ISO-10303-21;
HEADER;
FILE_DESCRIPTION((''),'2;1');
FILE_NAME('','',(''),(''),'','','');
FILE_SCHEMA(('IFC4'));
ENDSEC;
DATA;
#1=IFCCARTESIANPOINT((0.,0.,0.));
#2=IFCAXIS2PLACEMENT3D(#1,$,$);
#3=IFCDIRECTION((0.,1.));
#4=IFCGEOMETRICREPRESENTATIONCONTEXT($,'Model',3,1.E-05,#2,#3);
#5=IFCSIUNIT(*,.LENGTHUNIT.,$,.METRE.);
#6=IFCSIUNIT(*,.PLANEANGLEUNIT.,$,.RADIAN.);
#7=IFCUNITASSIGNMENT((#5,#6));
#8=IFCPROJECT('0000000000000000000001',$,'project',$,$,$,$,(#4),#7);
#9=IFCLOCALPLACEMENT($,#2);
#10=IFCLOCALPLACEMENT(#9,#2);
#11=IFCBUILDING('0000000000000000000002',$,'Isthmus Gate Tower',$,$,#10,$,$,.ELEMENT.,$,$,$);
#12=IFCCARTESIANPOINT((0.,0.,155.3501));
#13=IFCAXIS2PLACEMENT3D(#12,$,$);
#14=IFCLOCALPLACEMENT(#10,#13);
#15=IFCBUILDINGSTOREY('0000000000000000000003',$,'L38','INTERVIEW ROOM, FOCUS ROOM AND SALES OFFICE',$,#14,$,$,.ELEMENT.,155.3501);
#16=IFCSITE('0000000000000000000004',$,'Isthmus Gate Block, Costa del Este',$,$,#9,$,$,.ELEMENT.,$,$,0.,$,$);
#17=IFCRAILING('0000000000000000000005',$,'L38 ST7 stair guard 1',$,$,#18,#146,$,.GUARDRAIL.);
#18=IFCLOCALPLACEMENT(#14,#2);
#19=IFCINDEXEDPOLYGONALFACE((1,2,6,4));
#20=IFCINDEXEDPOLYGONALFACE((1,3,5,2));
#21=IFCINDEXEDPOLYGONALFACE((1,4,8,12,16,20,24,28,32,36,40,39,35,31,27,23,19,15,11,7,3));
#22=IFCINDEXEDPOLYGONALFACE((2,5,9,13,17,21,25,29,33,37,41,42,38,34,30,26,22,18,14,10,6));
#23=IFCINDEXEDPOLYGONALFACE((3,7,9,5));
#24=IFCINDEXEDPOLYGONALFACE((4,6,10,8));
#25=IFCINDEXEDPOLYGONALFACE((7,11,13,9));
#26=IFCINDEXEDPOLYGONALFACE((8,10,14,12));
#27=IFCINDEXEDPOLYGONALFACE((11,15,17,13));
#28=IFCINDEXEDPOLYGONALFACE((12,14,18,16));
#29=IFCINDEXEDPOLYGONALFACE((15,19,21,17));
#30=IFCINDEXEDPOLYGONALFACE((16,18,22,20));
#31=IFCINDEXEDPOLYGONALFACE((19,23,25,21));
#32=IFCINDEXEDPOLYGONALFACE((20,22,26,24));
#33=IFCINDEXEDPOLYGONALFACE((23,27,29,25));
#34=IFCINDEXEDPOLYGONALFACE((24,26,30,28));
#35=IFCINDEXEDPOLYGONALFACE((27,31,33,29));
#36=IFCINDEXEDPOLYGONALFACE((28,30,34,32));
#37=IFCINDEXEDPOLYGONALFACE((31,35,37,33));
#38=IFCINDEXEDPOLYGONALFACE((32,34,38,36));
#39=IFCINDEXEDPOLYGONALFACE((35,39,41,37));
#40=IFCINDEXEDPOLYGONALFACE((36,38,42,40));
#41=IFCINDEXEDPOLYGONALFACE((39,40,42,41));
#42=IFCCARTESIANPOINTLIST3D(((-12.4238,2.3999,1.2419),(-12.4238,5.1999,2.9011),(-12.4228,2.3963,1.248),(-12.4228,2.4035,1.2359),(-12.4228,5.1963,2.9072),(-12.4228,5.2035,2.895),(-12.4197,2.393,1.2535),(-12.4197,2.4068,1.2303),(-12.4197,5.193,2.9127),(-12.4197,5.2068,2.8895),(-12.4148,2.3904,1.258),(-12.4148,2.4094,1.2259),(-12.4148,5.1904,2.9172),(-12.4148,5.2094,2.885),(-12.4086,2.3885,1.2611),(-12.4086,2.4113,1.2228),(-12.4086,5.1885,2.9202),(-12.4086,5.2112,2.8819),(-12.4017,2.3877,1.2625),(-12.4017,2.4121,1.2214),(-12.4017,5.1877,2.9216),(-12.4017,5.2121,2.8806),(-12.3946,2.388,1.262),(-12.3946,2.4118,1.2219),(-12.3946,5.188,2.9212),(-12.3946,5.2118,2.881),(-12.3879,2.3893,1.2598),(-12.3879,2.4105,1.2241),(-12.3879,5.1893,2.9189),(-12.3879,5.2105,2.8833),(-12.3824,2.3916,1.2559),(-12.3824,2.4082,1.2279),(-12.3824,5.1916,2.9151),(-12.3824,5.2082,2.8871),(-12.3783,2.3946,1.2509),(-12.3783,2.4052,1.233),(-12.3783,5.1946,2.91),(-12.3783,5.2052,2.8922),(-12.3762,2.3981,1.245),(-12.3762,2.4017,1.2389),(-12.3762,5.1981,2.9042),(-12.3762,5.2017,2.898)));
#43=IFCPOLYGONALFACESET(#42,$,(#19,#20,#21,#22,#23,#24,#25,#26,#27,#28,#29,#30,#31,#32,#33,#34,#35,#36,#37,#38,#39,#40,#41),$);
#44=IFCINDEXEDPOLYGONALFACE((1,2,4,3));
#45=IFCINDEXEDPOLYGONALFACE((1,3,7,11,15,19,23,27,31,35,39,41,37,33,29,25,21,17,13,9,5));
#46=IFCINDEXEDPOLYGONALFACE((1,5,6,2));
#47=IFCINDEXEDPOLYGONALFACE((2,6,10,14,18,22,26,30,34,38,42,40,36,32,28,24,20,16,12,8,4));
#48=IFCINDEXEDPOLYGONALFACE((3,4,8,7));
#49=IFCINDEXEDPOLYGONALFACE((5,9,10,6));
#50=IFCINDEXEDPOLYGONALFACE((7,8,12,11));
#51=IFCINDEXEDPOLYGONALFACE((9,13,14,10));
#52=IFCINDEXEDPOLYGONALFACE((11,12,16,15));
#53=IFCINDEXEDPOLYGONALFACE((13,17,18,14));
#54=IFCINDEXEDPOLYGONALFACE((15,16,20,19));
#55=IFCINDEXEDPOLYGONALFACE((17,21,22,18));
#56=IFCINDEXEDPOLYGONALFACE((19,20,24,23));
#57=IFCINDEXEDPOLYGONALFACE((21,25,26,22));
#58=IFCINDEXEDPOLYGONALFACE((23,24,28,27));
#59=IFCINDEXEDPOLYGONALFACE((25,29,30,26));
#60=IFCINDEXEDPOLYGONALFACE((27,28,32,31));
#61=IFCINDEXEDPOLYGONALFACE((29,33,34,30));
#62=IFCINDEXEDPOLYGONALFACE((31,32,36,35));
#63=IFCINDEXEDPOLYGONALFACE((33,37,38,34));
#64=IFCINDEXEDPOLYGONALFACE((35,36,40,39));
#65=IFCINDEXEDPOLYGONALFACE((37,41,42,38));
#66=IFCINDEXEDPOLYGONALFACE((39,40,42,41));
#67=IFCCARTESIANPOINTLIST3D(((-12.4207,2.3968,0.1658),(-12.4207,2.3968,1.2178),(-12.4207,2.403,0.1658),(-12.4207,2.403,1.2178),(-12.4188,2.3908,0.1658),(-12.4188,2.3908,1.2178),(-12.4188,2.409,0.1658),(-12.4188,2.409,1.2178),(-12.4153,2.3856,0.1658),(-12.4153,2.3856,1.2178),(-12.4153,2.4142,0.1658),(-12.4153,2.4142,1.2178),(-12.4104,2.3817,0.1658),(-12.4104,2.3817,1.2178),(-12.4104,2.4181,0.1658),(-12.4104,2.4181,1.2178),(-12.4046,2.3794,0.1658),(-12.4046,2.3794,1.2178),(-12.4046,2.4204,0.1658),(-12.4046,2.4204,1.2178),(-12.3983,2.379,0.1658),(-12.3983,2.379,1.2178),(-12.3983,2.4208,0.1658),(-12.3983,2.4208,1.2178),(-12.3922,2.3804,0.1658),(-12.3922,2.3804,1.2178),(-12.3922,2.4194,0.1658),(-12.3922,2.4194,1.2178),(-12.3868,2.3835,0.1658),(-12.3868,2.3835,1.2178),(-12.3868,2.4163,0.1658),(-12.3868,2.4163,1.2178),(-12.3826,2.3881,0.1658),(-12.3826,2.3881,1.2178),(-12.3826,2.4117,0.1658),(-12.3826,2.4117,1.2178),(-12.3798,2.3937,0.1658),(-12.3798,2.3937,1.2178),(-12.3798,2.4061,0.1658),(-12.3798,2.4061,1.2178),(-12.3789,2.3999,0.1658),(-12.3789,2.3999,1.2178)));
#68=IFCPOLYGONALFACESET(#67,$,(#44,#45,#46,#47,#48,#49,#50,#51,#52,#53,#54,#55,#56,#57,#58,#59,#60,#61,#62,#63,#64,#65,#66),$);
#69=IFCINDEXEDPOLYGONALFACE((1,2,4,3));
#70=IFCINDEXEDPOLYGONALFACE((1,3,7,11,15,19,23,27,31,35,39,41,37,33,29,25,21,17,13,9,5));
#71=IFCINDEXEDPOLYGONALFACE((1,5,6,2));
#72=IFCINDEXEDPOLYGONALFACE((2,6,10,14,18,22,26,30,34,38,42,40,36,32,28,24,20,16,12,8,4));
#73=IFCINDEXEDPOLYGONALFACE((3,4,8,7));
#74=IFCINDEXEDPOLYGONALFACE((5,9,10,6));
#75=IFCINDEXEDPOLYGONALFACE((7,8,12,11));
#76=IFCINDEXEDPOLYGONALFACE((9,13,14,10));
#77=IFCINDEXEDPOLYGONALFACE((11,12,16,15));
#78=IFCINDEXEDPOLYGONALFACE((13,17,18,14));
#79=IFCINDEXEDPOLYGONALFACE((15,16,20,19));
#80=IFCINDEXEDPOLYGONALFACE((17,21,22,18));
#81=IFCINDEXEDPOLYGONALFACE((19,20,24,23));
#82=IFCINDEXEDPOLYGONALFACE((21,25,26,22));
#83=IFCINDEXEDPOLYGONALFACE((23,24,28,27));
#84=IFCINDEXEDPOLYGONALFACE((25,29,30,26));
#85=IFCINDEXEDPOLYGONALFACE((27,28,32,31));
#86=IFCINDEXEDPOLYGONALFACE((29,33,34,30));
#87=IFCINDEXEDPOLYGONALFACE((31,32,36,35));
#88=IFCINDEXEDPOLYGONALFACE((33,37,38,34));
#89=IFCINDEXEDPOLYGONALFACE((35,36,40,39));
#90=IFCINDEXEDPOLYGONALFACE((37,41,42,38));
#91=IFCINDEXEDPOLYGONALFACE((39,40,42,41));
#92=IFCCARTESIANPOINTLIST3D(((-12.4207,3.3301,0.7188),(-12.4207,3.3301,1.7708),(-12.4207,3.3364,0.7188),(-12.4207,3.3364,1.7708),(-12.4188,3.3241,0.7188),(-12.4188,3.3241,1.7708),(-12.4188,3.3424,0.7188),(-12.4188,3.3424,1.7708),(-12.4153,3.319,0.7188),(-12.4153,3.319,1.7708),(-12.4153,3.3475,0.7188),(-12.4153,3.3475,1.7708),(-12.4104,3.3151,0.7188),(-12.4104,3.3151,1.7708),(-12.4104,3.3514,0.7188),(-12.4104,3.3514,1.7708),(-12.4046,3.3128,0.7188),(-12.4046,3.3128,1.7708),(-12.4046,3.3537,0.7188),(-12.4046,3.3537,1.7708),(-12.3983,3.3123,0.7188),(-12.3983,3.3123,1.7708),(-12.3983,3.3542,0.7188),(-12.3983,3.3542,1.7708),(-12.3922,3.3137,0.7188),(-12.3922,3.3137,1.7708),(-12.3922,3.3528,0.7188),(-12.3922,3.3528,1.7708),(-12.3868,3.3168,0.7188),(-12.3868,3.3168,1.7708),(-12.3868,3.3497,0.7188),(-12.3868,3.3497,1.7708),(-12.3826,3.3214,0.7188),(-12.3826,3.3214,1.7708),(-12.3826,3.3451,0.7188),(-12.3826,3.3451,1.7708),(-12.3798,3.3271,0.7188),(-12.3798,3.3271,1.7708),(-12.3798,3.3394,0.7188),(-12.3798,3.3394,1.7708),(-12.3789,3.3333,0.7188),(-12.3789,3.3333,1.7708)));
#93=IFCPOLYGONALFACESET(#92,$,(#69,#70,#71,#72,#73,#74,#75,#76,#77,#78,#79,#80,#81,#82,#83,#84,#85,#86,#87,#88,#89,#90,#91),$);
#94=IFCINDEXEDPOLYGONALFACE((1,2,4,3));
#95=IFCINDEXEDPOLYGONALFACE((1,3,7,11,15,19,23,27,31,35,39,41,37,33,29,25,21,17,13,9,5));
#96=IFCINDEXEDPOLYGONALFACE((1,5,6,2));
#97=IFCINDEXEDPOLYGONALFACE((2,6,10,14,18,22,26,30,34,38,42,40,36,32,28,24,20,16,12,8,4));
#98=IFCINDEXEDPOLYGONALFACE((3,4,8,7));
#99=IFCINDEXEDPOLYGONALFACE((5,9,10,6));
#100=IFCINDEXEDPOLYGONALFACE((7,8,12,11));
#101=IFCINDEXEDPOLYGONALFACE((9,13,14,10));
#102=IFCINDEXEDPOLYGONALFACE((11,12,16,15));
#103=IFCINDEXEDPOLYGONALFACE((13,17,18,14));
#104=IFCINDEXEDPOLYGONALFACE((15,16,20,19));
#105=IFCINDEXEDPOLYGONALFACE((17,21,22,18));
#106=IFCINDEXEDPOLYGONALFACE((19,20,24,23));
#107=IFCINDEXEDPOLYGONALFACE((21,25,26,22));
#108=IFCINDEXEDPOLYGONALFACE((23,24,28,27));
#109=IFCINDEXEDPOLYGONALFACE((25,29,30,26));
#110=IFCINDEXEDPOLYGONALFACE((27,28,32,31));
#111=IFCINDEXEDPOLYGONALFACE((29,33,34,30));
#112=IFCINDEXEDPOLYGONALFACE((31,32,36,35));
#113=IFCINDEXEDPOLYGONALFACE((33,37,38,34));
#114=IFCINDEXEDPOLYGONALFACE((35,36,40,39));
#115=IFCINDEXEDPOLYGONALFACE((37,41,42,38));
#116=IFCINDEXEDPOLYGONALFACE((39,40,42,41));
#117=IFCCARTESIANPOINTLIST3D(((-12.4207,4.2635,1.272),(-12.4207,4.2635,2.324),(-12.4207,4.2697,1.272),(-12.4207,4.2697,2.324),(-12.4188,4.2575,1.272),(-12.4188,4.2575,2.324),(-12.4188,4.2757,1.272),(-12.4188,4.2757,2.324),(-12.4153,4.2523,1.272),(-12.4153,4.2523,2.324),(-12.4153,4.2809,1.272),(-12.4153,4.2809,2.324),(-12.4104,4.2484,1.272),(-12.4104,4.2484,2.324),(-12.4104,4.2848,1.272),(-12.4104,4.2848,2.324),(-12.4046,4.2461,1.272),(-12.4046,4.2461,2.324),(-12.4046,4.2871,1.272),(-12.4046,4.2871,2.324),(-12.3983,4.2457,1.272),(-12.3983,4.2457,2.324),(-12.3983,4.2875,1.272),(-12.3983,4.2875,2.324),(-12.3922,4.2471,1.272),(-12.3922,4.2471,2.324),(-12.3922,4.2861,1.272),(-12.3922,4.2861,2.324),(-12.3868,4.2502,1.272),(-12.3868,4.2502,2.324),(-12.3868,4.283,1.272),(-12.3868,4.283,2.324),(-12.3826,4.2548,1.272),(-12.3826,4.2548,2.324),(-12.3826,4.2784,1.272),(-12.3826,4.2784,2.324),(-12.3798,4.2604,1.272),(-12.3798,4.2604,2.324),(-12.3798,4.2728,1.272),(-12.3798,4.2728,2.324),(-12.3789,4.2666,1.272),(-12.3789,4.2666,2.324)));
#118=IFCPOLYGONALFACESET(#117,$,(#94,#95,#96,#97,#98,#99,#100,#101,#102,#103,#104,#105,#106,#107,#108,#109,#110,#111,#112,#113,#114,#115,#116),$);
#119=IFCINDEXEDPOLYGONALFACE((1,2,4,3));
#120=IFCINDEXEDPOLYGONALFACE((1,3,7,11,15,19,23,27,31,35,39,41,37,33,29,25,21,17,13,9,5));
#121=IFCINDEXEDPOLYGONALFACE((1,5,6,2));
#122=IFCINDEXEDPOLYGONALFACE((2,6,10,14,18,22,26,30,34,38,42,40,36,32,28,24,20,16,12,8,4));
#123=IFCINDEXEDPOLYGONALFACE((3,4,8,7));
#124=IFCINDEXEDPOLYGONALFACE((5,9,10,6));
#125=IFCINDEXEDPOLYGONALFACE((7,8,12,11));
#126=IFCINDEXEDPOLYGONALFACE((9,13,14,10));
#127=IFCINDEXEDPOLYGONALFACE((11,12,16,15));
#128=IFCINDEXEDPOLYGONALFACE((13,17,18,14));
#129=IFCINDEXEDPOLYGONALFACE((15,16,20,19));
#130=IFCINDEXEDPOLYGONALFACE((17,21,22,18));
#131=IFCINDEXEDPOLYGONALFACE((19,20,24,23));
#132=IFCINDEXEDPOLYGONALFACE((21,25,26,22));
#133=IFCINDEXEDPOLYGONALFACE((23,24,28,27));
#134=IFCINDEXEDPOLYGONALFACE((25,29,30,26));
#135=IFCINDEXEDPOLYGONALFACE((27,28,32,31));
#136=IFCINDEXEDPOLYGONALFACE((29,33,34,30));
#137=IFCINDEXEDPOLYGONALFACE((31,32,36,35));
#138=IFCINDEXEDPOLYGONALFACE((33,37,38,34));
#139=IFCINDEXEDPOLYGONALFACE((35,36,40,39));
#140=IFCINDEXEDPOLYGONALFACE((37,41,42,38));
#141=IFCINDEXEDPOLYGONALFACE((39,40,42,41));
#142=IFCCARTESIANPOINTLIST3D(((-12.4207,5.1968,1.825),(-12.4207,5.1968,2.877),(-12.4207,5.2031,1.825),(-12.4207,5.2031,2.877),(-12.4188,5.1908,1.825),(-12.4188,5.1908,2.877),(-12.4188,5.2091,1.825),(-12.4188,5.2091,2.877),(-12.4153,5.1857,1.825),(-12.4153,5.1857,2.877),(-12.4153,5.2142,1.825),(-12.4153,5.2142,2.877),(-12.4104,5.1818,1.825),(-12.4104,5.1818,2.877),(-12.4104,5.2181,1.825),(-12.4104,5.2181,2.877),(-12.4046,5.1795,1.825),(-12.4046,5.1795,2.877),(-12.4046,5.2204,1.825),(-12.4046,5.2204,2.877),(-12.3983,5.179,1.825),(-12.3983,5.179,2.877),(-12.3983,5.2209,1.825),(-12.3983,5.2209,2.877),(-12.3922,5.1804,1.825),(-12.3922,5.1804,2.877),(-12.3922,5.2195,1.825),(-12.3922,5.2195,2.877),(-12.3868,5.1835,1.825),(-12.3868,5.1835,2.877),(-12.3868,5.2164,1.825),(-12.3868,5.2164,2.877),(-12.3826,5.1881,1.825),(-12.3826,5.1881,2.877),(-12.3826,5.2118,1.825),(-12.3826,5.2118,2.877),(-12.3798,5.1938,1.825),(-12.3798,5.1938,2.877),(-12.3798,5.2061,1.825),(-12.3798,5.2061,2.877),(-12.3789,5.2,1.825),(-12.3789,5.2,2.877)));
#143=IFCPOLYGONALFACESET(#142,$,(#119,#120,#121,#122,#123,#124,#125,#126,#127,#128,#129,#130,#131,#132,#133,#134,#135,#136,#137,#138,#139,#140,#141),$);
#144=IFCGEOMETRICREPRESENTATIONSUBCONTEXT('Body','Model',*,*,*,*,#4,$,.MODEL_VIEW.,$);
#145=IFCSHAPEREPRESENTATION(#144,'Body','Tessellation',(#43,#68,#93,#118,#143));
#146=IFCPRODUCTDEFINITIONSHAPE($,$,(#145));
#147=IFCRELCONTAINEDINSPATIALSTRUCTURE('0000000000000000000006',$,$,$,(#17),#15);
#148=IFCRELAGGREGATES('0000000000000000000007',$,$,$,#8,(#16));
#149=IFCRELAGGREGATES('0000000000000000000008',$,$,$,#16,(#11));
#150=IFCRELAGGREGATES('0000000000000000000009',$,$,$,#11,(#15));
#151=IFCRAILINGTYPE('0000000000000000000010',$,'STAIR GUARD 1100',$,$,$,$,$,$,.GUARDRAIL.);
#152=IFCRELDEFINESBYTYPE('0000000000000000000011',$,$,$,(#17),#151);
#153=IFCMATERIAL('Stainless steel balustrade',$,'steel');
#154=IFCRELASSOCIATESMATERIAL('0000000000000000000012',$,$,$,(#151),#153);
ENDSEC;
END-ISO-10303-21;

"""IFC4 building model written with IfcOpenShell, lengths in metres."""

from ifc_helpers import new_model, si_unit, direction, frame, origin, origin_2d, place, context, subcontext, project, spatial, circle, extrude, material, type_object, element, save


model = new_model("IFC4")

# Units and contexts
model_context = context("Model", 3, precision=1e-05, world=origin(), true_north=direction((0.0, 1.0)))
body_context = subcontext(model_context, "Body", "Model", "MODEL_VIEW")
ifc_project = project(units=[si_unit("LENGTHUNIT", "METRE"), si_unit("PLANEANGLEUNIT", "RADIAN")], contexts=[model_context])

# Site, building, storey
site_placement = place(None, origin())
site = spatial("IfcSite", under=ifc_project, at=site_placement, Name="Isthmus Gate Block, Costa del Este", CompositionType="ELEMENT", RefElevation=0.0)
building_placement = place(site_placement, origin())
building = spatial("IfcBuilding", under=site, at=building_placement, Name="Isthmus Gate Tower", CompositionType="ELEMENT")
storey_placement = place(building_placement, frame((0.0, 0.0, 155.3501)))
storey = spatial("IfcBuildingStorey", under=building, at=storey_placement, Name="L38", Description="INTERVIEW ROOM, FOCUS ROOM AND SALES OFFICE", CompositionType="ELEMENT", Elevation=155.3501)

# Railing
ifc_material_1 = material(Name="Stainless steel balustrade", Category="steel")
railing_type_1 = type_object("IfcRailingType", Name="STAIR GUARD 1100", PredefinedType="GUARDRAIL", material=ifc_material_1)
railing_1_placement = place(storey_placement, frame((-12.3999, 2.3999, 0.1658)))
element("IfcRailing", 1, at=railing_1_placement, inside=storey, type_object=railing_type_1, Name="L38 ST7 stair guard 1", PredefinedType="GUARDRAIL", context=body_context, shape_type="SweptSolid", body=[
    extrude(circle(Radius=0.0239, at=origin_2d()), frame((0.0, 0.0, 1.0762), z_axis=(0.0, 0.860306, 0.509778), x_axis=(-1.0, 0.0, 0.0)), (0.0, 0.0, 1.0), 3.2546),
    extrude(circle(Radius=0.021, at=origin_2d()), origin(), (0.0, 0.0, 1.0), 1.052),
    extrude(circle(Radius=0.021, at=origin_2d()), frame((0.0, 0.9333, 0.553)), (0.0, 0.0, 1.0), 1.052),
    extrude(circle(Radius=0.021, at=origin_2d()), frame((0.0, 1.8667, 1.1062)), (0.0, 0.0, 1.0), 1.052),
    extrude(circle(Radius=0.021, at=origin_2d()), frame((0.0, 2.8, 1.6592)), (0.0, 0.0, 1.0), 1.052),
])

save(model, "model.ifc")
